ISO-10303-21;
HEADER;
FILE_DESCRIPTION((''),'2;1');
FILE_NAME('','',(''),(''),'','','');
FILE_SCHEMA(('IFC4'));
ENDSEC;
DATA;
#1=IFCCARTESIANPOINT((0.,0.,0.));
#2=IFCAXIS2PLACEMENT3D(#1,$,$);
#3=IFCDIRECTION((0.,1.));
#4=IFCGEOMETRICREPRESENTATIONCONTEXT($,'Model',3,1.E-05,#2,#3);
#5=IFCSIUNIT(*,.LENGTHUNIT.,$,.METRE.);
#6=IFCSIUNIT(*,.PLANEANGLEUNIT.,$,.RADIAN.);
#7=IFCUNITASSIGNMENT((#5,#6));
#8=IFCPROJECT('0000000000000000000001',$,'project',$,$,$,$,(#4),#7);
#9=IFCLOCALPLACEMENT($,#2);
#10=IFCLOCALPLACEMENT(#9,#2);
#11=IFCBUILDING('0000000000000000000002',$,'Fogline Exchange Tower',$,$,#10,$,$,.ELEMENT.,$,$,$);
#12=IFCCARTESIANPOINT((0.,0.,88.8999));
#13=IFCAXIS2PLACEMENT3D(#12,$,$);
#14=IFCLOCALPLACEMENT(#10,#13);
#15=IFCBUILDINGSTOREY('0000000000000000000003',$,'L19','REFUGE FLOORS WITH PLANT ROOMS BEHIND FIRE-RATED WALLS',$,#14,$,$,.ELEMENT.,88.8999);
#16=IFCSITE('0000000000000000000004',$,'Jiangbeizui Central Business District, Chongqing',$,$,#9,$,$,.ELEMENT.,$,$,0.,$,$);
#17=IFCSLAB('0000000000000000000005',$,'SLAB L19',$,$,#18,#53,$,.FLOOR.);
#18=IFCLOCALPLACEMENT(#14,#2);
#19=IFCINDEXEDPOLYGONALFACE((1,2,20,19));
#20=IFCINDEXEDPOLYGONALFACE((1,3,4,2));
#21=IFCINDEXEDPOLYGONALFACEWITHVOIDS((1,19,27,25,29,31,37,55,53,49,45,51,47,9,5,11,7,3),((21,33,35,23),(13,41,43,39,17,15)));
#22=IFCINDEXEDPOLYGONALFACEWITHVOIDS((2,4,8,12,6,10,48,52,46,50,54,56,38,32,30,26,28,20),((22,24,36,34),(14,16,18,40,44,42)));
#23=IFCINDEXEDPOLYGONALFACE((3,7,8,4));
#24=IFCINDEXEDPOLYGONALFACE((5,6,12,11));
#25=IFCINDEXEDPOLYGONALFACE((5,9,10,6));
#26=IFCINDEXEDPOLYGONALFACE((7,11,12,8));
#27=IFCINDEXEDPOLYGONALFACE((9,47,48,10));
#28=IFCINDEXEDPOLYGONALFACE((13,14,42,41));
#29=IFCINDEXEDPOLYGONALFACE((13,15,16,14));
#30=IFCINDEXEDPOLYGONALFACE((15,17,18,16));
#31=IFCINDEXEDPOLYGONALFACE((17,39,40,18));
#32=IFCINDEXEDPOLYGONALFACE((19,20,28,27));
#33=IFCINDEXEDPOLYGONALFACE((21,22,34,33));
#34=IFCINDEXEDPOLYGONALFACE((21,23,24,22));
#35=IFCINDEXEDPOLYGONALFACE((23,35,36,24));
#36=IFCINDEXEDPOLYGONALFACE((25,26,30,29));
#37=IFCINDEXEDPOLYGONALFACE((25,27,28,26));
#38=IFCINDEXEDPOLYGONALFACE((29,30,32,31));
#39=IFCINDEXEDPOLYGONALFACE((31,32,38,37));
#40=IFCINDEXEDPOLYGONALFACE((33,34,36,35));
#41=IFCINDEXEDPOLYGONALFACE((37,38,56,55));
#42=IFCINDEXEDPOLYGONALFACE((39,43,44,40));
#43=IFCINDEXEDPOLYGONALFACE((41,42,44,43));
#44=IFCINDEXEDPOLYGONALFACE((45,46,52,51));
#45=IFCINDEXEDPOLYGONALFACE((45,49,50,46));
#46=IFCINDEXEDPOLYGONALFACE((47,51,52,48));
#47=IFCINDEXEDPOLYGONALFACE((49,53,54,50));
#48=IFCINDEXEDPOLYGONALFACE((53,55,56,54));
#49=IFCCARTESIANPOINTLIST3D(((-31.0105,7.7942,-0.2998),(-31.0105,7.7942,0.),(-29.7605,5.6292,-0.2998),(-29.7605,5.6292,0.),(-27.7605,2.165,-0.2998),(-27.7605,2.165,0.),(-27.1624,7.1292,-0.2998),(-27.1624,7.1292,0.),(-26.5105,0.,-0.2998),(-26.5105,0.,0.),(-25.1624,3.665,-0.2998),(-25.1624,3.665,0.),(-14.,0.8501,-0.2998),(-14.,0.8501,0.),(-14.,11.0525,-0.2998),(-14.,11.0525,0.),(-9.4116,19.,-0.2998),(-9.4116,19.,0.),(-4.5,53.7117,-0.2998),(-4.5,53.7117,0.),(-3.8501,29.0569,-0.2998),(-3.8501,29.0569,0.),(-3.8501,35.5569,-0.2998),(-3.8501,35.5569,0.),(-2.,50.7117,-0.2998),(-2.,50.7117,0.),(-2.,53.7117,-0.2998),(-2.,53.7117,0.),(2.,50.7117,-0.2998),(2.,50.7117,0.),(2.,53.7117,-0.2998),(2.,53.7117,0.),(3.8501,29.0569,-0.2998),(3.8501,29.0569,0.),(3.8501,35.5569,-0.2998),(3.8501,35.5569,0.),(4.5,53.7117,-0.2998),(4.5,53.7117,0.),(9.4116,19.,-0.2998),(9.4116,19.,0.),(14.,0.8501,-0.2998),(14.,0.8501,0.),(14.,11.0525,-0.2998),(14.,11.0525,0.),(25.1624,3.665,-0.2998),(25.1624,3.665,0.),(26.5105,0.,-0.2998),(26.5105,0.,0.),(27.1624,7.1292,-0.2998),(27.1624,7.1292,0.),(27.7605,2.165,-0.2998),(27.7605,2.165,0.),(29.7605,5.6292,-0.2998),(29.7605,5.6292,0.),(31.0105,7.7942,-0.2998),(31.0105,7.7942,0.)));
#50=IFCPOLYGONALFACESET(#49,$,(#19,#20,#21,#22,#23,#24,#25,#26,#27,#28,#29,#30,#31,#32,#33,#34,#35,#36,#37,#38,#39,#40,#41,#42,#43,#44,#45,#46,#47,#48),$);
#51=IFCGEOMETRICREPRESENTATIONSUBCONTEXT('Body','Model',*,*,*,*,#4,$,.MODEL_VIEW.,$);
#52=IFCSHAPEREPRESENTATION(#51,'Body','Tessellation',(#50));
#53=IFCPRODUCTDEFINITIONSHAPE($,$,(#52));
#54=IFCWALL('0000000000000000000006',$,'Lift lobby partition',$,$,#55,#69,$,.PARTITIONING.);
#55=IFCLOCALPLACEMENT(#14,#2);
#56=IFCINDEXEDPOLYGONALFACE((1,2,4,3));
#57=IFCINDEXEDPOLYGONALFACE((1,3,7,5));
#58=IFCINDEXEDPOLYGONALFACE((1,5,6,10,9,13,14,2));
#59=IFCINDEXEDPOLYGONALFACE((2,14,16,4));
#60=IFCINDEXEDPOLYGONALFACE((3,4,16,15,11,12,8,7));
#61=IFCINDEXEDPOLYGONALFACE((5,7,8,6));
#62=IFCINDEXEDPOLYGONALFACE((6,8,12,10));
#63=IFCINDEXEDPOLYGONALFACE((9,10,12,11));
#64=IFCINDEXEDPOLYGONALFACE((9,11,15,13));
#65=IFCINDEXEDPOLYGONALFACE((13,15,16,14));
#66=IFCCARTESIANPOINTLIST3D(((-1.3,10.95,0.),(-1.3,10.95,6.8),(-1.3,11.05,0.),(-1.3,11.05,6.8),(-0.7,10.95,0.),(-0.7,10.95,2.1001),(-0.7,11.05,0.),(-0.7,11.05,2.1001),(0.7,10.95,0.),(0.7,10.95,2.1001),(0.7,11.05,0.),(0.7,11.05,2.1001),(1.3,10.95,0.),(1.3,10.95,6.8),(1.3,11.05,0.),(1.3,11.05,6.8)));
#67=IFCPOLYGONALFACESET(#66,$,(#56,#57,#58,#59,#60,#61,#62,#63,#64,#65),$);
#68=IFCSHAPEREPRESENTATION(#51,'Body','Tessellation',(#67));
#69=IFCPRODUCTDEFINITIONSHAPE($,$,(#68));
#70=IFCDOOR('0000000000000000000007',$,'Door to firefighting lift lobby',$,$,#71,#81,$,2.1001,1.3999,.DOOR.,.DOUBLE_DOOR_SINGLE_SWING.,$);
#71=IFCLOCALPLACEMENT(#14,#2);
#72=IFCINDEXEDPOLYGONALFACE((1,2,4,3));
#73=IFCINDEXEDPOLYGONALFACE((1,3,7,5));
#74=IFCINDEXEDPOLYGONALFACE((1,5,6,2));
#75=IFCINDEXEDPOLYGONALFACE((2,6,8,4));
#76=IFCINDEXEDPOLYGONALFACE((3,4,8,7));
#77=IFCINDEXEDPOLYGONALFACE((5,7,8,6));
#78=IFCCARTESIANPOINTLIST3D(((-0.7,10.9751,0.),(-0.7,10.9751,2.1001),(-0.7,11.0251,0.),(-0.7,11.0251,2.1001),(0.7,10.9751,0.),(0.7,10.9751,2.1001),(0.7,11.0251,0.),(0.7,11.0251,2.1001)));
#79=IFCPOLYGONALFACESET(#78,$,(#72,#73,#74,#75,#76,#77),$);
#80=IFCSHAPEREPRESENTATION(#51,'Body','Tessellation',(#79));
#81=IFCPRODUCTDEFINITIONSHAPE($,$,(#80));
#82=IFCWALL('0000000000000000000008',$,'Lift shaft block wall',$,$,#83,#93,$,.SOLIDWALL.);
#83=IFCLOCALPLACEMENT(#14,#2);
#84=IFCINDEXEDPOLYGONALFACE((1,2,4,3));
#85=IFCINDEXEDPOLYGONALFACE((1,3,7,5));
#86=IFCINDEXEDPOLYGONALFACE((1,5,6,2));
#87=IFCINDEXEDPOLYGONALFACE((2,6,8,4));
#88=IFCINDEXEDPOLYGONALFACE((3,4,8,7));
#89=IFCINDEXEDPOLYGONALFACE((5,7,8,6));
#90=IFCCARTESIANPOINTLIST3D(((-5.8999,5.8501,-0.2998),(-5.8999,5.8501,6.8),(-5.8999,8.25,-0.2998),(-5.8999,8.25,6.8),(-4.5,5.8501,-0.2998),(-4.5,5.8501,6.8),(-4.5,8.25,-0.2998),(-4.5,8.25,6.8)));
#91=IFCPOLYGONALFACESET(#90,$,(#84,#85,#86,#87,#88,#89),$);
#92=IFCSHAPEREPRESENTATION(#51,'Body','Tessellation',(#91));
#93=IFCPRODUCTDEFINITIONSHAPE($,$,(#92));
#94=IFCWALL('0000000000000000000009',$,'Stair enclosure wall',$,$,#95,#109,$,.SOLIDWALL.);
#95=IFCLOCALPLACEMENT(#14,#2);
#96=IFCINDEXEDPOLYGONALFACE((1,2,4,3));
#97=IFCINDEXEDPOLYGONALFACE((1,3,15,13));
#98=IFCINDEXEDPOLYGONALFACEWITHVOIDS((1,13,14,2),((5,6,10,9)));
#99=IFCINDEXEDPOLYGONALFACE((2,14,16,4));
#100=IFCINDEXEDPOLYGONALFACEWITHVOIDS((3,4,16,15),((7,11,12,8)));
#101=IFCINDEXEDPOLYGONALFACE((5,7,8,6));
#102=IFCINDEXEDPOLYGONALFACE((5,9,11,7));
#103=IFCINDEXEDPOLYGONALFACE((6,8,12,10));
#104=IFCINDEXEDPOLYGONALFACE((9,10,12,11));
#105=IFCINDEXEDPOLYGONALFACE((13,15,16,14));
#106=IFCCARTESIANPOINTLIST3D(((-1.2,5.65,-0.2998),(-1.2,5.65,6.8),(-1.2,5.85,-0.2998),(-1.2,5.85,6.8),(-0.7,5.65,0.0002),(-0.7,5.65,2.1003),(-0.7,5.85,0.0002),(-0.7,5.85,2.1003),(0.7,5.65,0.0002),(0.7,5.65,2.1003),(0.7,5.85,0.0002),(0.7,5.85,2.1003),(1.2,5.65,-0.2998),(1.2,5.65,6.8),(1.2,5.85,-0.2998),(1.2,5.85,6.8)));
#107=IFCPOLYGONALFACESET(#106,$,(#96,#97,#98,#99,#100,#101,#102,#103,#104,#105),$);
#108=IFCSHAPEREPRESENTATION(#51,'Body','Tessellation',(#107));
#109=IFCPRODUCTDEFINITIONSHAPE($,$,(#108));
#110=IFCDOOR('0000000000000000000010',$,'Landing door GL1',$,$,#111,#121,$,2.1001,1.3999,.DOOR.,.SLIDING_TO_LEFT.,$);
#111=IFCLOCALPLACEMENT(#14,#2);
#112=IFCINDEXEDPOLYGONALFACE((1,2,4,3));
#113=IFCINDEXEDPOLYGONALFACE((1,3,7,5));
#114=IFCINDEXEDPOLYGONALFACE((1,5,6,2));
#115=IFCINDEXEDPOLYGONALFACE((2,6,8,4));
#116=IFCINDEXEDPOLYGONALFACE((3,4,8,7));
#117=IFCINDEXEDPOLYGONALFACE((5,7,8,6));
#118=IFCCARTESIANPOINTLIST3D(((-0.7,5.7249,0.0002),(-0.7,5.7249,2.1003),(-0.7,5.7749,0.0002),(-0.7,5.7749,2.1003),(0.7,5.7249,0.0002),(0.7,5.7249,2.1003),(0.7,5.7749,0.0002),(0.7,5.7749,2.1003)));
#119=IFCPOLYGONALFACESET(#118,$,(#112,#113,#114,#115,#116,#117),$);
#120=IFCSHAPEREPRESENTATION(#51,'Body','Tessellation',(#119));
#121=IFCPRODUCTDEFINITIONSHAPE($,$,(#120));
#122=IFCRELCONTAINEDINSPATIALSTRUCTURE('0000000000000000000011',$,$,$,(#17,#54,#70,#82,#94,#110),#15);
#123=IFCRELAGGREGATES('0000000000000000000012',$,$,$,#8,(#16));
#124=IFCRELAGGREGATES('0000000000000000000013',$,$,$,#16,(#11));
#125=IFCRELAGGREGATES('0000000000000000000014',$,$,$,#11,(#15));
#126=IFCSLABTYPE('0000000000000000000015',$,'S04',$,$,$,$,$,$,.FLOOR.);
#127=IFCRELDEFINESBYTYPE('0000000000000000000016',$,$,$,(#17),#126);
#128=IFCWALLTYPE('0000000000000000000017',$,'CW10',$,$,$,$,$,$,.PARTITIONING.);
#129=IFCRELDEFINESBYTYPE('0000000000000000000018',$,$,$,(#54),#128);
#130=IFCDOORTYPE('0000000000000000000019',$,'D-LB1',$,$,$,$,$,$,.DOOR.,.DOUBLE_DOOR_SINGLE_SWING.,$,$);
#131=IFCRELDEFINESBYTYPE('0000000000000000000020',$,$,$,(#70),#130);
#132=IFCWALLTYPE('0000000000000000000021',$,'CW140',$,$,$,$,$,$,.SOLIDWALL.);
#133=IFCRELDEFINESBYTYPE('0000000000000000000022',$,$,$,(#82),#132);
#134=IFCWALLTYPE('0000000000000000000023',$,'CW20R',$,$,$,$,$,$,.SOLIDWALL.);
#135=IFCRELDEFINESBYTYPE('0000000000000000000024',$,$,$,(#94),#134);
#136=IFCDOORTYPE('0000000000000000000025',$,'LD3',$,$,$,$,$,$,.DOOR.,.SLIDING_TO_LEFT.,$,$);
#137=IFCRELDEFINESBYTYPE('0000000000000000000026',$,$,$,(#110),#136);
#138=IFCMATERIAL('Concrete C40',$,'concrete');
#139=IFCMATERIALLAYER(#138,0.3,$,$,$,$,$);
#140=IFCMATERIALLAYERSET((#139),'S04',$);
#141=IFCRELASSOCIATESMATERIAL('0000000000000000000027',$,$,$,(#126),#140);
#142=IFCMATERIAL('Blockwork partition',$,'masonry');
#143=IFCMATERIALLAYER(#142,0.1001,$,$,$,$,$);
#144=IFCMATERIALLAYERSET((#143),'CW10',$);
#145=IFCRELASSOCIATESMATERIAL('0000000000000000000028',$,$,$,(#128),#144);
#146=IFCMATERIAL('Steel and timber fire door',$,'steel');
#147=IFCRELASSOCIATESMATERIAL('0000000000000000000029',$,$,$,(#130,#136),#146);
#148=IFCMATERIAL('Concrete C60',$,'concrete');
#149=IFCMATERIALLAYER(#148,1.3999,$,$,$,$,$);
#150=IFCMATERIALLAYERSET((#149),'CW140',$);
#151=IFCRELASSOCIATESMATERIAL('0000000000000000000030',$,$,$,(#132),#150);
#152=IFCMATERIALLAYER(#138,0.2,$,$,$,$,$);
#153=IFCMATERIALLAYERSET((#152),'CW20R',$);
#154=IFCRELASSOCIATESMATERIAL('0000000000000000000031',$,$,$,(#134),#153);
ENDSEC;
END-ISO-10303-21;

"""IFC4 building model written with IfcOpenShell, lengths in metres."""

from ifc_helpers import new_model, si_unit, direction, frame, frame_2d, origin, place, context, subcontext, project, spatial, polyline, rectangle, outline, extrude, material, layer, layer_set, type_object, element, fill, save


model = new_model("IFC4")

# Units and contexts
model_context = context("Model", 3, precision=1e-05, world=origin(), true_north=direction((0.0, 1.0)))
body_context = subcontext(model_context, "Body", "Model", "MODEL_VIEW")
ifc_project = project(units=[si_unit("LENGTHUNIT", "METRE"), si_unit("PLANEANGLEUNIT", "RADIAN")], contexts=[model_context])

# Site, building, storey
site_placement = place(None, origin())
site = spatial("IfcSite", under=ifc_project, at=site_placement, Name="Jiangbeizui Central Business District, Chongqing", CompositionType="ELEMENT", RefElevation=0.0)
building_placement = place(site_placement, origin())
building = spatial("IfcBuilding", under=site, at=building_placement, Name="Fogline Exchange Tower", CompositionType="ELEMENT")
storey_placement = place(building_placement, frame((0.0, 0.0, 88.8999)))
storey = spatial("IfcBuildingStorey", under=building, at=storey_placement, Name="L19", Description="REFUGE FLOORS WITH PLANT ROOMS BEHIND FIRE-RATED WALLS", CompositionType="ELEMENT", Elevation=88.8999)

# Slab
ifc_material_1 = material(Name="Concrete C40", Category="concrete")
ifc_layer_1 = layer(ifc_material_1, 0.3)
ifc_layer_set_1 = layer_set([ifc_layer_1], Name="S04")
slab_type = type_object("IfcSlabType", Name="S04", PredefinedType="FLOOR", material=ifc_layer_set_1)
slab_placement = place(storey_placement, frame((0.0, 0.0, -0.2998)))
element("IfcSlab", 1, at=slab_placement, inside=storey, type_object=slab_type, Name="SLAB L19", PredefinedType="FLOOR", context=body_context, shape_type="SweptSolid", body=[
    extrude(outline(polyline([(-2.0, 53.7117), (-4.5, 53.7117), (-31.0105, 7.7942), (-29.7605, 5.6292), (-27.1624, 7.1292), (-25.1624, 3.665), (-27.7605, 2.165), (-26.5105, 0.0), (26.5105, 0.0), (27.7605, 2.165), (25.1624, 3.665), (27.1624, 7.1292), (29.7605, 5.6292), (31.0105, 7.7942), (4.5, 53.7117), (2.0, 53.7117), (2.0, 50.7117), (-2.0, 50.7117), (-2.0, 53.7117)]), holes=[polyline([(14.0, 11.0525), (14.0, 0.8501), (-14.0, 0.8501), (-14.0, 11.0525), (-9.4116, 19.0), (9.4116, 19.0), (14.0, 11.0525)]), polyline([(3.8501, 35.5569), (3.8501, 29.0569), (-3.8501, 29.0569), (-3.8501, 35.5569), (3.8501, 35.5569)])]), origin(), (0.0, 0.0, 1.0), 0.2998),
])

# Wall, opening, door
ifc_material_2 = material(Name="Blockwork partition", Category="masonry")
ifc_layer_2 = layer(ifc_material_2, 0.1001)
ifc_layer_set_2 = layer_set([ifc_layer_2], Name="CW10")
wall_type_1 = type_object("IfcWallType", Name="CW10", PredefinedType="PARTITIONING", material=ifc_layer_set_2)
wall_1_placement = place(storey_placement, frame((-1.3, 11.0, 0.0), z_axis=(0.0, 0.0, 1.0), x_axis=(1.0, 0.0, 0.0)))
wall_1 = element("IfcWall", 2, at=wall_1_placement, inside=storey, type_object=wall_type_1, Name="Lift lobby partition", PredefinedType="PARTITIONING", context=body_context, shape_type="SweptSolid", body=[
    extrude(rectangle(XDim=2.6001, YDim=0.1001, at=frame_2d((1.3, 0.0))), origin(), (0.0, 0.0, 1.0), 6.8),
])
opening_1_placement = place(wall_1_placement, frame((0.6001, 0.0, 0.0)))
opening_1 = element("IfcOpeningElement", 3, at=opening_1_placement, cuts=wall_1, PredefinedType="OPENING", context=body_context, shape_type="SweptSolid", body=[
    extrude(rectangle(XDim=1.3999, YDim=2.1001, at=frame_2d((0.7, 1.05))), frame((0.0, 0.0601, 0.0), z_axis=(0.0, -1.0, 0.0), x_axis=(1.0, 0.0, 0.0)), (0.0, 0.0, 1.0), 0.1201),
])
ifc_material_3 = material(Name="Steel and timber fire door", Category="steel")
door_type_1 = type_object("IfcDoorType", Name="D-LB1", OperationType="DOUBLE_DOOR_SINGLE_SWING", PredefinedType="DOOR", material=ifc_material_3)
door_1_placement = place(opening_1_placement, frame((1.3999, 0.0, 0.0), z_axis=(0.0, 0.0, 1.0), x_axis=(-1.0, 0.0, 0.0)))
door_1 = element("IfcDoor", 4, at=door_1_placement, inside=storey, type_object=door_type_1, Name="Door to firefighting lift lobby", OperationType="DOUBLE_DOOR_SINGLE_SWING", OverallHeight=2.1001, OverallWidth=1.3999, PredefinedType="DOOR", context=body_context, shape_type="SweptSolid", body=[
    extrude(rectangle(XDim=1.3999, YDim=2.1001, at=frame_2d((0.7, 1.05))), frame((0.0, 0.0249, 0.0), z_axis=(0.0, -1.0, 0.0), x_axis=(1.0, 0.0, 0.0)), (0.0, 0.0, 1.0), 0.05),
])
fill(opening_1, door_1)

# Wall
ifc_material_4 = material(Name="Concrete C60", Category="concrete")
ifc_layer_3 = layer(ifc_material_4, 1.3999)
ifc_layer_set_3 = layer_set([ifc_layer_3], Name="CW140")
wall_type_2 = type_object("IfcWallType", Name="CW140", PredefinedType="SOLIDWALL", material=ifc_layer_set_3)
wall_2_placement = place(storey_placement, frame((-5.2, 5.8501, -0.2998), z_axis=(0.0, 0.0, 1.0), x_axis=(0.0, 1.0, 0.0)))
element("IfcWall", 5, at=wall_2_placement, inside=storey, type_object=wall_type_2, Name="Lift shaft block wall", PredefinedType="SOLIDWALL", context=body_context, shape_type="SweptSolid", body=[
    extrude(rectangle(XDim=2.3999, YDim=1.3999, at=frame_2d((1.2, 0.0))), origin(), (0.0, 0.0, 1.0), 7.0999),
])

# Wall, opening, door
ifc_layer_4 = layer(ifc_material_1, 0.2)
ifc_layer_set_4 = layer_set([ifc_layer_4], Name="CW20R")
wall_type_3 = type_object("IfcWallType", Name="CW20R", PredefinedType="SOLIDWALL", material=ifc_layer_set_4)
wall_3_placement = place(storey_placement, frame((-1.2, 5.75, -0.2998), z_axis=(0.0, 0.0, 1.0), x_axis=(1.0, 0.0, 0.0)))
wall_3 = element("IfcWall", 6, at=wall_3_placement, inside=storey, type_object=wall_type_3, Name="Stair enclosure wall", PredefinedType="SOLIDWALL", context=body_context, shape_type="SweptSolid", body=[
    extrude(rectangle(XDim=2.3999, YDim=0.2, at=frame_2d((1.2, 0.0))), origin(), (0.0, 0.0, 1.0), 7.0999),
])
opening_2_placement = place(wall_3_placement, frame((0.5, 0.0, 0.3)))
opening_2 = element("IfcOpeningElement", 7, at=opening_2_placement, cuts=wall_3, PredefinedType="OPENING", context=body_context, shape_type="SweptSolid", body=[
    extrude(rectangle(XDim=1.3999, YDim=2.1001, at=frame_2d((0.7, 1.05))), frame((0.0, 0.1099, 0.0), z_axis=(0.0, -1.0, 0.0), x_axis=(1.0, 0.0, 0.0)), (0.0, 0.0, 1.0), 0.22),
])
door_type_2 = type_object("IfcDoorType", Name="LD3", OperationType="SLIDING_TO_LEFT", PredefinedType="DOOR", material=ifc_material_3)
door_2_placement = place(opening_2_placement, origin())
door_2 = element("IfcDoor", 8, at=door_2_placement, inside=storey, type_object=door_type_2, Name="Landing door GL1", OperationType="SLIDING_TO_LEFT", OverallHeight=2.1001, OverallWidth=1.3999, PredefinedType="DOOR", context=body_context, shape_type="SweptSolid", body=[
    extrude(rectangle(XDim=1.3999, YDim=2.1001, at=frame_2d((0.7, 1.05))), frame((0.0, 0.0249, 0.0), z_axis=(0.0, -1.0, 0.0), x_axis=(1.0, 0.0, 0.0)), (0.0, 0.0, 1.0), 0.05),
])
fill(opening_2, door_2)

save(model, "model.ifc")
